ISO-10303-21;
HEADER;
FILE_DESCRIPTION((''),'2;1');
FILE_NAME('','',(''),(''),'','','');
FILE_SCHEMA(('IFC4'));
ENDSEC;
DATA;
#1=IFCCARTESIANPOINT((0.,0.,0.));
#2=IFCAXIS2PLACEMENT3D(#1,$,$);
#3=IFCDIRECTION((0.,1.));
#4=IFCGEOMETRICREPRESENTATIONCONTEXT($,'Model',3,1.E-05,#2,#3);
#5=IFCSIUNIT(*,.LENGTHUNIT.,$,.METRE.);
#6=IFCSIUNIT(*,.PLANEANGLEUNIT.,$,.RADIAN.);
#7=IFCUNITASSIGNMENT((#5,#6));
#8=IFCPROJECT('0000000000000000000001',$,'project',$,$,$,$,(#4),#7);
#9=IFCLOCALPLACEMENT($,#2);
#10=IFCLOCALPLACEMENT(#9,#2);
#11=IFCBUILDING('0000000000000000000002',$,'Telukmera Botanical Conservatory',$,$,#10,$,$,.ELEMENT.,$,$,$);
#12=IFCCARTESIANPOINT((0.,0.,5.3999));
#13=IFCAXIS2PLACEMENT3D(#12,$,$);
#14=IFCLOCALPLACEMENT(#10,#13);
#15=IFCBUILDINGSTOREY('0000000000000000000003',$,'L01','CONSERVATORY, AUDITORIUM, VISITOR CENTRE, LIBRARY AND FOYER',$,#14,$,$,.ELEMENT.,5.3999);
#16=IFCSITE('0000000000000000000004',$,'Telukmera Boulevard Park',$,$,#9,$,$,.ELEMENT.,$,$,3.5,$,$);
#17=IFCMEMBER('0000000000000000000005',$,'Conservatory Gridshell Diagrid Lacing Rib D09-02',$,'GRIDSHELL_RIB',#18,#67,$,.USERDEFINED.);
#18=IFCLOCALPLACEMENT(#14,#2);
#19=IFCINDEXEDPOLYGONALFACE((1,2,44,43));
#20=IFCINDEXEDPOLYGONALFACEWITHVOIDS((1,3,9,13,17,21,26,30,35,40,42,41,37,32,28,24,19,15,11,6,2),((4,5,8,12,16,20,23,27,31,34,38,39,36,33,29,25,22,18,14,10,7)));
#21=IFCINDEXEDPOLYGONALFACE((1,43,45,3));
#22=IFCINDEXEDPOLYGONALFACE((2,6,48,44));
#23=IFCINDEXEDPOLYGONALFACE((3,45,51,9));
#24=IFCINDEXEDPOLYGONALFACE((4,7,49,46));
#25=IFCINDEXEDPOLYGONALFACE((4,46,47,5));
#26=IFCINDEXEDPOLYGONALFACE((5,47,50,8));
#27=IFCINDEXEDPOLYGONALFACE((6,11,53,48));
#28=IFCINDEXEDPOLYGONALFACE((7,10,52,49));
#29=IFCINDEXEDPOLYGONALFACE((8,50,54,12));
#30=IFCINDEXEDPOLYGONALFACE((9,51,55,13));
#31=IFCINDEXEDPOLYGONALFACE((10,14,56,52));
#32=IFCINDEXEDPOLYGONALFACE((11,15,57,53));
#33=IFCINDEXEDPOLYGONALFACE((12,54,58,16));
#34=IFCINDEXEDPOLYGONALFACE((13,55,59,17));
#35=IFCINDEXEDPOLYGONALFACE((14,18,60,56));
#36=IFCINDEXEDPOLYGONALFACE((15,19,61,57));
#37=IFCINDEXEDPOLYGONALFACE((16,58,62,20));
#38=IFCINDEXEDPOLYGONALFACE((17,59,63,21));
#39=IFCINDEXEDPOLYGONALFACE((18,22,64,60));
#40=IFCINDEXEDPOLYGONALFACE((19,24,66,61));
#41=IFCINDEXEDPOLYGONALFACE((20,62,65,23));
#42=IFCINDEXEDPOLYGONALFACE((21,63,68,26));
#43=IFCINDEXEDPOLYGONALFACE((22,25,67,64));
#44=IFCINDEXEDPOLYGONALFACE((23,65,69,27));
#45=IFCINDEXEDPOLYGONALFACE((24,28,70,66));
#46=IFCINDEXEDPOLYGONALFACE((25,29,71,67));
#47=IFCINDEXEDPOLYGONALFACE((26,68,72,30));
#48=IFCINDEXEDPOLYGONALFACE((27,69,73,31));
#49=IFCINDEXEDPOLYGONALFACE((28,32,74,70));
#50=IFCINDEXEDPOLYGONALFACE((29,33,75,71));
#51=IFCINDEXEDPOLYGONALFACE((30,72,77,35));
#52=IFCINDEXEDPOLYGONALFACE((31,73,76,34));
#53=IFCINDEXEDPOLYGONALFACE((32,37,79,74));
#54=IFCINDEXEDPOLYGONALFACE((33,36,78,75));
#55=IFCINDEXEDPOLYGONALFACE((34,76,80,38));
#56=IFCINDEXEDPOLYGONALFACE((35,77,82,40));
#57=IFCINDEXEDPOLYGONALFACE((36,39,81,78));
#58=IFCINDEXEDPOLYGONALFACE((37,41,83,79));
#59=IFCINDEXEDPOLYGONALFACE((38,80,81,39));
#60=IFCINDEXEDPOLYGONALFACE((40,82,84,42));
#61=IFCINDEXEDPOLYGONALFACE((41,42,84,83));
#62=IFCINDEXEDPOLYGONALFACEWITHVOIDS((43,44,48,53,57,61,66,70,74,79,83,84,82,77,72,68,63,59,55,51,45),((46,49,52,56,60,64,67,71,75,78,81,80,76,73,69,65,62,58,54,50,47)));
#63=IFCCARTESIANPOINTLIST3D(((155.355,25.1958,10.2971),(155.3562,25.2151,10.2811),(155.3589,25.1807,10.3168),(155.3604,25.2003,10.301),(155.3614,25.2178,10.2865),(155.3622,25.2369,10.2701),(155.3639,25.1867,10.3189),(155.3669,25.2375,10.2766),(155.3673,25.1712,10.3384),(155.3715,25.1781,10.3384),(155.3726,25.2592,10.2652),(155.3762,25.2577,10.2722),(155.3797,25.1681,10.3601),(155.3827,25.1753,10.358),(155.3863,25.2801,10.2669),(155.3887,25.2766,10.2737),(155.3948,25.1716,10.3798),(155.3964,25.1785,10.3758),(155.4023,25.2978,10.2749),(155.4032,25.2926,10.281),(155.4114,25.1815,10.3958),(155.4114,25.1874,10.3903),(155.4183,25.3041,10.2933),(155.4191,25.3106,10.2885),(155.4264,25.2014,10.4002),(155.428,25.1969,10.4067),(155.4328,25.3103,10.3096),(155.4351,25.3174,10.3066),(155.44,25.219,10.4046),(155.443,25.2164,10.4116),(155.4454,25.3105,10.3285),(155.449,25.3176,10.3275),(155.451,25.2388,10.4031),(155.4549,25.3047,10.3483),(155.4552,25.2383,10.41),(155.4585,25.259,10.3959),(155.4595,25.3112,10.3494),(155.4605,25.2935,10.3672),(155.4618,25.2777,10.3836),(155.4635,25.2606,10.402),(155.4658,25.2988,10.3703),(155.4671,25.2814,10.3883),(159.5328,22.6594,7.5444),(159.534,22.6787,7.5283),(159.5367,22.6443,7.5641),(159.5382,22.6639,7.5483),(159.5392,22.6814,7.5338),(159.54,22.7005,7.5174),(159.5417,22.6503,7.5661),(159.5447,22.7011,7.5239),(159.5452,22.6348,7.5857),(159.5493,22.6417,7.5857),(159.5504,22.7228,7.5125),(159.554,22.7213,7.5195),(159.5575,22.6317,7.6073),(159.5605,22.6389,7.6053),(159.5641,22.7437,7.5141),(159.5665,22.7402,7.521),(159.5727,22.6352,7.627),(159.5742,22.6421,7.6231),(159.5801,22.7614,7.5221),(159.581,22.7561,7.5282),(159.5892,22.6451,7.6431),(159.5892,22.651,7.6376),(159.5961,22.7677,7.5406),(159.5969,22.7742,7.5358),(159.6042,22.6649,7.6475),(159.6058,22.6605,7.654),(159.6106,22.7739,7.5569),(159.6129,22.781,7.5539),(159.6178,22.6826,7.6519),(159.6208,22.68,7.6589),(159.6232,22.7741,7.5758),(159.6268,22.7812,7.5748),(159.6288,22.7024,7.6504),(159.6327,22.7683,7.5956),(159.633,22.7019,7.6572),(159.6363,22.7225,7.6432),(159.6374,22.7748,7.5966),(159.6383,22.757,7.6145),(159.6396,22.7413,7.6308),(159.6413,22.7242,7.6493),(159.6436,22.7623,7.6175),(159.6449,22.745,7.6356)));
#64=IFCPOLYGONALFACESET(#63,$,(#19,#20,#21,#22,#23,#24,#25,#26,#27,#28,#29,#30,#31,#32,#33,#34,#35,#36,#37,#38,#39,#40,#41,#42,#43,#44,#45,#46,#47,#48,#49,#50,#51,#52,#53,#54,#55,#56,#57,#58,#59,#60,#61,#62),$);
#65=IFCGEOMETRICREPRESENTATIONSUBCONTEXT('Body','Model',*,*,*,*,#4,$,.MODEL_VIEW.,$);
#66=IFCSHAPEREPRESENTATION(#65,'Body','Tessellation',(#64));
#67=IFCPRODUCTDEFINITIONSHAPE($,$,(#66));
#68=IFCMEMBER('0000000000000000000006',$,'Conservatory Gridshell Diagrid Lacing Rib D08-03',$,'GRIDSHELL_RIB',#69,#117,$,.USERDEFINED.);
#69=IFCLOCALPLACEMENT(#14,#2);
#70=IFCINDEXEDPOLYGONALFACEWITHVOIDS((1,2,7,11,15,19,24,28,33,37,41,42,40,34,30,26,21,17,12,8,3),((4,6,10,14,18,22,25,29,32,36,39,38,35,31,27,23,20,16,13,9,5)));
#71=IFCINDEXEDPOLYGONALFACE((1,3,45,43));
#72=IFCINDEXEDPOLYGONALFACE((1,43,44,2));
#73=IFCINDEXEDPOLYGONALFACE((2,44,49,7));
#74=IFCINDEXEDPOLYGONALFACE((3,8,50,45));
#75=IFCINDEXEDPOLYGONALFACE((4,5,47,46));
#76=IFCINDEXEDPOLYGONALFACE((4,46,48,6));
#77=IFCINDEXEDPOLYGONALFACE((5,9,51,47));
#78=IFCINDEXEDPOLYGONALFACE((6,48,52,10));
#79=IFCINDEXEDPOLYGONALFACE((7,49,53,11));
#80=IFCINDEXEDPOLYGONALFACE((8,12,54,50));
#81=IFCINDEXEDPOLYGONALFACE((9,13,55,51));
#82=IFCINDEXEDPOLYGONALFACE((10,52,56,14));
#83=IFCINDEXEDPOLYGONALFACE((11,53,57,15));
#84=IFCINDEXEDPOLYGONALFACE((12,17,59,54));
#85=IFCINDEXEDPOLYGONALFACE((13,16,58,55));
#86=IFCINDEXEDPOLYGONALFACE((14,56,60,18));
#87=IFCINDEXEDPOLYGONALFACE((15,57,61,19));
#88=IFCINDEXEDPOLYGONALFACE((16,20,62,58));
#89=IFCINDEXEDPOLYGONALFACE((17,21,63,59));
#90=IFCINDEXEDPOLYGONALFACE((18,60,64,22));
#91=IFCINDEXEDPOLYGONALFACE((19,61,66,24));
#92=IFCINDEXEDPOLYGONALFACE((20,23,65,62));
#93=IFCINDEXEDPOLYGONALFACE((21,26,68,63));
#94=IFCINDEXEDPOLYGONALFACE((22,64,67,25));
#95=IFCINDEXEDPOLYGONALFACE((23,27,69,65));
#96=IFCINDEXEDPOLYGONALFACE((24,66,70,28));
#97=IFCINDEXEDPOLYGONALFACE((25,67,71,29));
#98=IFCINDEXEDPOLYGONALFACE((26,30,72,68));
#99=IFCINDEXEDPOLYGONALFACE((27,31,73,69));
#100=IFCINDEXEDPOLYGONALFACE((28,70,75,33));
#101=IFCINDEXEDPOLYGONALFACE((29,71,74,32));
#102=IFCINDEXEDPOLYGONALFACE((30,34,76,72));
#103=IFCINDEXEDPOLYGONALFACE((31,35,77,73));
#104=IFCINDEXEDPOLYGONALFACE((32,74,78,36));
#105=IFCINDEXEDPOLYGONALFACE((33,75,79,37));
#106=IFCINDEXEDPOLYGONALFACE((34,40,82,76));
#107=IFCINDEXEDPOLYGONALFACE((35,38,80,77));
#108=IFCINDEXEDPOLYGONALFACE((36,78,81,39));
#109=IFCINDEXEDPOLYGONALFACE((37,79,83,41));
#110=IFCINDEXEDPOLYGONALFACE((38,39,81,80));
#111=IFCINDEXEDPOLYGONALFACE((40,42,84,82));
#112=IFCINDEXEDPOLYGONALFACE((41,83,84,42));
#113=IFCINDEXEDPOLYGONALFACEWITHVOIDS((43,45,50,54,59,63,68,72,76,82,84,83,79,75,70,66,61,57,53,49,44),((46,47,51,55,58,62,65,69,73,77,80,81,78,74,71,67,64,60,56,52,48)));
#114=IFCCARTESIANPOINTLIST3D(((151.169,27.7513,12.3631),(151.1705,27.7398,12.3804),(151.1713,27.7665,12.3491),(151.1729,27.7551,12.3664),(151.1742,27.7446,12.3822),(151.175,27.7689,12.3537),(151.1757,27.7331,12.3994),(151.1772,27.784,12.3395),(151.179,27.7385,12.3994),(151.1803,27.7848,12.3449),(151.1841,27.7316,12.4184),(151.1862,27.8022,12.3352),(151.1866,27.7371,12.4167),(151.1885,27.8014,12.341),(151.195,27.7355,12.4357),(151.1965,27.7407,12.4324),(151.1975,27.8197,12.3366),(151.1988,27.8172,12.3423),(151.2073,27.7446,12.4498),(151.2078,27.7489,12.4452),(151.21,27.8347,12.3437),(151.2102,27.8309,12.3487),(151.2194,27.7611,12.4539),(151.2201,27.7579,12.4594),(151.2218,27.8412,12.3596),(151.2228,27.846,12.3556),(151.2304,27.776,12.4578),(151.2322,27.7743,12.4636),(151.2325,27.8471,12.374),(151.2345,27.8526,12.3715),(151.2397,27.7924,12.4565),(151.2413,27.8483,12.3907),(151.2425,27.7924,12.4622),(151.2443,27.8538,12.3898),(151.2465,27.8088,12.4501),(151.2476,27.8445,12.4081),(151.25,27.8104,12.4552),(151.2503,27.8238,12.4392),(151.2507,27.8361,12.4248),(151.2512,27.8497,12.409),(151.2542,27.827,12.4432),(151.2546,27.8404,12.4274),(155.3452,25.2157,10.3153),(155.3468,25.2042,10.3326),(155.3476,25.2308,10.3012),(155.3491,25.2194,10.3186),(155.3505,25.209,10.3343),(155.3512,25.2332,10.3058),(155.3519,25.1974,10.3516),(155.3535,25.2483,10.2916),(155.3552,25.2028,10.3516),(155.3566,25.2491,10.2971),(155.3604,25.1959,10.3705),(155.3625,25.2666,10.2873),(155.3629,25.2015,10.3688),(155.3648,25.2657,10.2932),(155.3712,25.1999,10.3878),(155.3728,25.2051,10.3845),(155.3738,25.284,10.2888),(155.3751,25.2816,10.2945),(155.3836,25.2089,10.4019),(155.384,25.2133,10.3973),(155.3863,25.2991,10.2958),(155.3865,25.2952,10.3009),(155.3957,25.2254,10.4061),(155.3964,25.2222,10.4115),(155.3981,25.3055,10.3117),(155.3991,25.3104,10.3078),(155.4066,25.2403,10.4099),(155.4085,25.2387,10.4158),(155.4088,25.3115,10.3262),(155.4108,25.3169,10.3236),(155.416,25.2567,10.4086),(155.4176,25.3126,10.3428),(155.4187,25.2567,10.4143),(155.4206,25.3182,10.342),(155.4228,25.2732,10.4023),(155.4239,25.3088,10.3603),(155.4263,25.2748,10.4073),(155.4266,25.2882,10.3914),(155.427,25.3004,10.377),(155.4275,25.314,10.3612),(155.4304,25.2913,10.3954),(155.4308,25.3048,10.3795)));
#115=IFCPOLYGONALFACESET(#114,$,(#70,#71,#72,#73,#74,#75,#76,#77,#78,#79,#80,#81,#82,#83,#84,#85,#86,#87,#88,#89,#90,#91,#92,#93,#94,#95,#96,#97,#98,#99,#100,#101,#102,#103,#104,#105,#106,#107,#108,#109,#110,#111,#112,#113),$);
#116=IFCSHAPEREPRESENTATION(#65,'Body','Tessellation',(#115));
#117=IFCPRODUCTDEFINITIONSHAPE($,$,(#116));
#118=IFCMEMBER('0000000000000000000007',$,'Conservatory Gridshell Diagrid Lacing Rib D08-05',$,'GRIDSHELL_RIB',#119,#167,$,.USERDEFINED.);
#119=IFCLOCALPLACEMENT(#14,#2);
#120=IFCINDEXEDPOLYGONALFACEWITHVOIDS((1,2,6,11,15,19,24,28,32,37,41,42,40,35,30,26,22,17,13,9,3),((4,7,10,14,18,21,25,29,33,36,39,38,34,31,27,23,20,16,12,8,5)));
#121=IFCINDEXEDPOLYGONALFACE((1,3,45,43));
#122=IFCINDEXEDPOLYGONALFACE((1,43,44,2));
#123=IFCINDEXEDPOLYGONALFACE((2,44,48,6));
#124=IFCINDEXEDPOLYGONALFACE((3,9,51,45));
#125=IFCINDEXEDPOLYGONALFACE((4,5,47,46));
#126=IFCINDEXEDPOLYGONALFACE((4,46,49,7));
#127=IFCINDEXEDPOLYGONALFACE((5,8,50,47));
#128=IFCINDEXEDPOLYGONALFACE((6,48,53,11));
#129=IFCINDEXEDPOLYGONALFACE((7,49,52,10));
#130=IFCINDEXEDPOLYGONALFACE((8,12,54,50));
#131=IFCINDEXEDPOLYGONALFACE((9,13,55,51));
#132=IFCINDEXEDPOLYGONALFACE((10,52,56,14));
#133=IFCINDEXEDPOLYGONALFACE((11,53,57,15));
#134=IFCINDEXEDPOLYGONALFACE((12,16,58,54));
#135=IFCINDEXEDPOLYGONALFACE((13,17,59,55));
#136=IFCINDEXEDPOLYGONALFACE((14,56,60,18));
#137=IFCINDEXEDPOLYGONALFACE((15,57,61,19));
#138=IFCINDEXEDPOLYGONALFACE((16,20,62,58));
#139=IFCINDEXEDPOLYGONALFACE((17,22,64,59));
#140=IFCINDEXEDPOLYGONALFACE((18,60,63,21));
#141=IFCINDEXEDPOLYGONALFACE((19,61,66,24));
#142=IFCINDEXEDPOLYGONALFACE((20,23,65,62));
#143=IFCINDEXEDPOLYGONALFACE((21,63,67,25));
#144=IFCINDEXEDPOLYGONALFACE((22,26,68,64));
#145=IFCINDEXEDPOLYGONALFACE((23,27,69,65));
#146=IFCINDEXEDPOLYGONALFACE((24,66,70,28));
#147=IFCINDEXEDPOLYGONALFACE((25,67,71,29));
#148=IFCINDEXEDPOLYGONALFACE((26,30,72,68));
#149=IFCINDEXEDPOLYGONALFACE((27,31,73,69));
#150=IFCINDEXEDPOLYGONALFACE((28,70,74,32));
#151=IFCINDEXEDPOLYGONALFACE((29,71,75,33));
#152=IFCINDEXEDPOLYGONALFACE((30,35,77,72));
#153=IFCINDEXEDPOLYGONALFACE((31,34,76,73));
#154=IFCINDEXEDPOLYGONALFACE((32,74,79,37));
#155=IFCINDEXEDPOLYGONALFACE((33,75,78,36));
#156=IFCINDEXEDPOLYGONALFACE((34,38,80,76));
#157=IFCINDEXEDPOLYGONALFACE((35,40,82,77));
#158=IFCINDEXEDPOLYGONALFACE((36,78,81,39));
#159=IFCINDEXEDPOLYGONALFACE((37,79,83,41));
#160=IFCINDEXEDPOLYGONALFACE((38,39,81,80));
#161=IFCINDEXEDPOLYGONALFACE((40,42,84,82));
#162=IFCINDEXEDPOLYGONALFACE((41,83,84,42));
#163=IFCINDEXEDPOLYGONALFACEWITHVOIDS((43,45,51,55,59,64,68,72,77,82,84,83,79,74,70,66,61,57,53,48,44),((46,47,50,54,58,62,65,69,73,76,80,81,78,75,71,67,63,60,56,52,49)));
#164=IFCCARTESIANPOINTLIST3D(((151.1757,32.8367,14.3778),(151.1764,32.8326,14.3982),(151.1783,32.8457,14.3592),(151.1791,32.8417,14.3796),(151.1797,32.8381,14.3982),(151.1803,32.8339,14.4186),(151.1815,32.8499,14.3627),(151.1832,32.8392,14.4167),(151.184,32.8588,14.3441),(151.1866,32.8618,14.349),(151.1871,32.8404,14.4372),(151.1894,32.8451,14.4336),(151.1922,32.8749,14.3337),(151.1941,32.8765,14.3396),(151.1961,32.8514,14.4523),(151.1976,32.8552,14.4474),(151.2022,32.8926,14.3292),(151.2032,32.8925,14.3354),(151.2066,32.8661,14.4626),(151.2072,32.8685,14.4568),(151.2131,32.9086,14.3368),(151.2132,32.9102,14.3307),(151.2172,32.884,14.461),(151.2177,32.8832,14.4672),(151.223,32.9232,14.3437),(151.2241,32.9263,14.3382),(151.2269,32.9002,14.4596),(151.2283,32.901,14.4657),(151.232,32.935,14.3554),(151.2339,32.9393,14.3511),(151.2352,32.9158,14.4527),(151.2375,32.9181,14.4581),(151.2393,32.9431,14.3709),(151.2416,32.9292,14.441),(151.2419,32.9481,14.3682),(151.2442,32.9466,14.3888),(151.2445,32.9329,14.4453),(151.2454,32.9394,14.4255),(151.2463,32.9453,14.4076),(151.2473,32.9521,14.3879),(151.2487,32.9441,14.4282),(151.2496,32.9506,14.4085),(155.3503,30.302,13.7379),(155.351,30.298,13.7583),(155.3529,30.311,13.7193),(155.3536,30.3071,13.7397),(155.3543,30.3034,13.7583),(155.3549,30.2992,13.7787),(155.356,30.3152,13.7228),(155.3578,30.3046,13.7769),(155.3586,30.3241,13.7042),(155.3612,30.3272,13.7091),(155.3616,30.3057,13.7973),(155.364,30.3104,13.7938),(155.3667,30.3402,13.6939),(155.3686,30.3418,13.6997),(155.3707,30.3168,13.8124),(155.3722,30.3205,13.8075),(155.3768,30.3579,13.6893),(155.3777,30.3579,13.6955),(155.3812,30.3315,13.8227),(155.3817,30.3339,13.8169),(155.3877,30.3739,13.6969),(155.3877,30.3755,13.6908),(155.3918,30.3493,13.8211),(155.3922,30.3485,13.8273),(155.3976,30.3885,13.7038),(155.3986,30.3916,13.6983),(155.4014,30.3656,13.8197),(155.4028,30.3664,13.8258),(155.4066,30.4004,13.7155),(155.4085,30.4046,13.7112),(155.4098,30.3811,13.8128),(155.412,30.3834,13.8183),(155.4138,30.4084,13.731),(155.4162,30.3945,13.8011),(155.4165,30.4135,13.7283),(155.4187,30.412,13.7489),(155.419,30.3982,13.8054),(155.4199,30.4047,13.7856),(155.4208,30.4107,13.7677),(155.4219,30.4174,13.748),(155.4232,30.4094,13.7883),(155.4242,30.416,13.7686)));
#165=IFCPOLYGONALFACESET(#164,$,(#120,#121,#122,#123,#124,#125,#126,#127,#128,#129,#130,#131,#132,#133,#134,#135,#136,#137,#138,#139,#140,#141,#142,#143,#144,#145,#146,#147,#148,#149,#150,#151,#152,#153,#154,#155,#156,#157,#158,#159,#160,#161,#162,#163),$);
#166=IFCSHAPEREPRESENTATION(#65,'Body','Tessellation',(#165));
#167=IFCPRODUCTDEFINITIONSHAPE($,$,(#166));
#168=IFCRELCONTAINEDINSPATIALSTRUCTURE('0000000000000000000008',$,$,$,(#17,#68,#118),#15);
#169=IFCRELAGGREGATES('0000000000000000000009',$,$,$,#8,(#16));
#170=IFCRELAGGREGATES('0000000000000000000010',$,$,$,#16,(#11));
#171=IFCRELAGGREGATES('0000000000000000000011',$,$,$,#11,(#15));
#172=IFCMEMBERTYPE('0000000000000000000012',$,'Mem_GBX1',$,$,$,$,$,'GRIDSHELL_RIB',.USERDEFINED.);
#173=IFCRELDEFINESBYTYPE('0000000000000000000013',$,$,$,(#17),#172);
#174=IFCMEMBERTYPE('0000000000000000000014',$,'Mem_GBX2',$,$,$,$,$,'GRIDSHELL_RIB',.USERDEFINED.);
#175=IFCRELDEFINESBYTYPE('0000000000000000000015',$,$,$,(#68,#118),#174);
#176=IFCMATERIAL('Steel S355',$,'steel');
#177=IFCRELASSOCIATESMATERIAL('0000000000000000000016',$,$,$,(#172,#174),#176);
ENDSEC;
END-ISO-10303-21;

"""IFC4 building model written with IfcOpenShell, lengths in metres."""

from ifc_helpers import new_model, si_unit, direction, frame, origin, origin_2d, place, context, subcontext, project, spatial, hollow_circle, extrude, material, material_profile, profile_set, type_object, element, save


model = new_model("IFC4")

# Units and contexts
model_context = context("Model", 3, precision=1e-05, world=origin(), true_north=direction((0.0, 1.0)))
body_context = subcontext(model_context, "Body", "Model", "MODEL_VIEW")
ifc_project = project(units=[si_unit("LENGTHUNIT", "METRE"), si_unit("PLANEANGLEUNIT", "RADIAN")], contexts=[model_context])

# Site, building, storey
site_placement = place(None, origin())
site = spatial("IfcSite", under=ifc_project, at=site_placement, Name="Telukmera Boulevard Park", CompositionType="ELEMENT", RefElevation=3.5)
building_placement = place(site_placement, origin())
building = spatial("IfcBuilding", under=site, at=building_placement, Name="Telukmera Botanical Conservatory", CompositionType="ELEMENT")
storey_placement = place(building_placement, frame((0.0, 0.0, 5.3999)))
storey = spatial("IfcBuildingStorey", under=building, at=storey_placement, Name="L01", Description="CONSERVATORY, AUDITORIUM, VISITOR CENTRE, LIBRARY AND FOYER", CompositionType="ELEMENT", Elevation=5.3999)

# Members
ifc_material = material(Name="Steel S355", Category="steel")
ifc_material_profile_1 = material_profile(ifc_material, hollow_circle(Radius=0.0842, WallThickness=0.0081, at=origin_2d()), Name="CHS 168.3x8.0")
ifc_profile_set_1 = profile_set([ifc_material_profile_1], Name="Steel S355")
member_type_1 = type_object("IfcMemberType", Name="Mem_GBX1", ElementType="GRIDSHELL_RIB", PredefinedType="USERDEFINED", material=ifc_profile_set_1)
member_1_placement = place(storey_placement, frame((159.5889, 22.7068, 7.5857), z_axis=(-0.744791, 0.452176, 0.490738), x_axis=(-0.518962, -0.854797, 0.0)))
element("IfcMember", 1, at=member_1_placement, inside=storey, type_object=member_type_1, Name="Conservatory Gridshell Diagrid Lacing Rib D09-02", ObjectType="GRIDSHELL_RIB", PredefinedType="USERDEFINED", context=body_context, shape_type="SweptSolid", body=[
    extrude(hollow_circle(Radius=0.0842, WallThickness=0.0081, at=origin_2d()), origin(), (0.0, 0.0, 1.0), 5.6094),
])
ifc_material_profile_2 = material_profile(ifc_material, hollow_circle(Radius=0.0698, WallThickness=0.0063, at=origin_2d()), Name="CHS 139.7x6.3")
ifc_profile_set_2 = profile_set([ifc_material_profile_2], Name="Steel S355")
member_type_2 = type_object("IfcMemberType", Name="Mem_GBX2", ElementType="GRIDSHELL_RIB", PredefinedType="USERDEFINED", material=ifc_profile_set_2)
member_2_placement = place(storey_placement, frame((155.3882, 25.2571, 10.3516), z_axis=(-0.788334, 0.478642, 0.386563), x_axis=(-0.518986, -0.854783, 0.0)))
element("IfcMember", 2, at=member_2_placement, inside=storey, type_object=member_type_2, Name="Conservatory Gridshell Diagrid Lacing Rib D08-03", ObjectType="GRIDSHELL_RIB", PredefinedType="USERDEFINED", context=body_context, shape_type="SweptSolid", body=[
    extrude(hollow_circle(Radius=0.0698, WallThickness=0.0063, at=origin_2d()), origin(), (0.0, 0.0, 1.0), 5.2976),
])
member_3_placement = place(storey_placement, frame((155.3872, 30.3577, 13.7583), z_axis=(-0.847533, 0.514597, 0.129913), x_axis=(-0.518995, -0.854777, 0.0)))
element("IfcMember", 3, at=member_3_placement, inside=storey, type_object=member_type_2, Name="Conservatory Gridshell Diagrid Lacing Rib D08-05", ObjectType="GRIDSHELL_RIB", PredefinedType="USERDEFINED", context=body_context, shape_type="SweptSolid", body=[
    extrude(hollow_circle(Radius=0.0698, WallThickness=0.0063, at=origin_2d()), origin(), (0.0, 0.0, 1.0), 4.9255),
])

save(model, "model.ifc")
